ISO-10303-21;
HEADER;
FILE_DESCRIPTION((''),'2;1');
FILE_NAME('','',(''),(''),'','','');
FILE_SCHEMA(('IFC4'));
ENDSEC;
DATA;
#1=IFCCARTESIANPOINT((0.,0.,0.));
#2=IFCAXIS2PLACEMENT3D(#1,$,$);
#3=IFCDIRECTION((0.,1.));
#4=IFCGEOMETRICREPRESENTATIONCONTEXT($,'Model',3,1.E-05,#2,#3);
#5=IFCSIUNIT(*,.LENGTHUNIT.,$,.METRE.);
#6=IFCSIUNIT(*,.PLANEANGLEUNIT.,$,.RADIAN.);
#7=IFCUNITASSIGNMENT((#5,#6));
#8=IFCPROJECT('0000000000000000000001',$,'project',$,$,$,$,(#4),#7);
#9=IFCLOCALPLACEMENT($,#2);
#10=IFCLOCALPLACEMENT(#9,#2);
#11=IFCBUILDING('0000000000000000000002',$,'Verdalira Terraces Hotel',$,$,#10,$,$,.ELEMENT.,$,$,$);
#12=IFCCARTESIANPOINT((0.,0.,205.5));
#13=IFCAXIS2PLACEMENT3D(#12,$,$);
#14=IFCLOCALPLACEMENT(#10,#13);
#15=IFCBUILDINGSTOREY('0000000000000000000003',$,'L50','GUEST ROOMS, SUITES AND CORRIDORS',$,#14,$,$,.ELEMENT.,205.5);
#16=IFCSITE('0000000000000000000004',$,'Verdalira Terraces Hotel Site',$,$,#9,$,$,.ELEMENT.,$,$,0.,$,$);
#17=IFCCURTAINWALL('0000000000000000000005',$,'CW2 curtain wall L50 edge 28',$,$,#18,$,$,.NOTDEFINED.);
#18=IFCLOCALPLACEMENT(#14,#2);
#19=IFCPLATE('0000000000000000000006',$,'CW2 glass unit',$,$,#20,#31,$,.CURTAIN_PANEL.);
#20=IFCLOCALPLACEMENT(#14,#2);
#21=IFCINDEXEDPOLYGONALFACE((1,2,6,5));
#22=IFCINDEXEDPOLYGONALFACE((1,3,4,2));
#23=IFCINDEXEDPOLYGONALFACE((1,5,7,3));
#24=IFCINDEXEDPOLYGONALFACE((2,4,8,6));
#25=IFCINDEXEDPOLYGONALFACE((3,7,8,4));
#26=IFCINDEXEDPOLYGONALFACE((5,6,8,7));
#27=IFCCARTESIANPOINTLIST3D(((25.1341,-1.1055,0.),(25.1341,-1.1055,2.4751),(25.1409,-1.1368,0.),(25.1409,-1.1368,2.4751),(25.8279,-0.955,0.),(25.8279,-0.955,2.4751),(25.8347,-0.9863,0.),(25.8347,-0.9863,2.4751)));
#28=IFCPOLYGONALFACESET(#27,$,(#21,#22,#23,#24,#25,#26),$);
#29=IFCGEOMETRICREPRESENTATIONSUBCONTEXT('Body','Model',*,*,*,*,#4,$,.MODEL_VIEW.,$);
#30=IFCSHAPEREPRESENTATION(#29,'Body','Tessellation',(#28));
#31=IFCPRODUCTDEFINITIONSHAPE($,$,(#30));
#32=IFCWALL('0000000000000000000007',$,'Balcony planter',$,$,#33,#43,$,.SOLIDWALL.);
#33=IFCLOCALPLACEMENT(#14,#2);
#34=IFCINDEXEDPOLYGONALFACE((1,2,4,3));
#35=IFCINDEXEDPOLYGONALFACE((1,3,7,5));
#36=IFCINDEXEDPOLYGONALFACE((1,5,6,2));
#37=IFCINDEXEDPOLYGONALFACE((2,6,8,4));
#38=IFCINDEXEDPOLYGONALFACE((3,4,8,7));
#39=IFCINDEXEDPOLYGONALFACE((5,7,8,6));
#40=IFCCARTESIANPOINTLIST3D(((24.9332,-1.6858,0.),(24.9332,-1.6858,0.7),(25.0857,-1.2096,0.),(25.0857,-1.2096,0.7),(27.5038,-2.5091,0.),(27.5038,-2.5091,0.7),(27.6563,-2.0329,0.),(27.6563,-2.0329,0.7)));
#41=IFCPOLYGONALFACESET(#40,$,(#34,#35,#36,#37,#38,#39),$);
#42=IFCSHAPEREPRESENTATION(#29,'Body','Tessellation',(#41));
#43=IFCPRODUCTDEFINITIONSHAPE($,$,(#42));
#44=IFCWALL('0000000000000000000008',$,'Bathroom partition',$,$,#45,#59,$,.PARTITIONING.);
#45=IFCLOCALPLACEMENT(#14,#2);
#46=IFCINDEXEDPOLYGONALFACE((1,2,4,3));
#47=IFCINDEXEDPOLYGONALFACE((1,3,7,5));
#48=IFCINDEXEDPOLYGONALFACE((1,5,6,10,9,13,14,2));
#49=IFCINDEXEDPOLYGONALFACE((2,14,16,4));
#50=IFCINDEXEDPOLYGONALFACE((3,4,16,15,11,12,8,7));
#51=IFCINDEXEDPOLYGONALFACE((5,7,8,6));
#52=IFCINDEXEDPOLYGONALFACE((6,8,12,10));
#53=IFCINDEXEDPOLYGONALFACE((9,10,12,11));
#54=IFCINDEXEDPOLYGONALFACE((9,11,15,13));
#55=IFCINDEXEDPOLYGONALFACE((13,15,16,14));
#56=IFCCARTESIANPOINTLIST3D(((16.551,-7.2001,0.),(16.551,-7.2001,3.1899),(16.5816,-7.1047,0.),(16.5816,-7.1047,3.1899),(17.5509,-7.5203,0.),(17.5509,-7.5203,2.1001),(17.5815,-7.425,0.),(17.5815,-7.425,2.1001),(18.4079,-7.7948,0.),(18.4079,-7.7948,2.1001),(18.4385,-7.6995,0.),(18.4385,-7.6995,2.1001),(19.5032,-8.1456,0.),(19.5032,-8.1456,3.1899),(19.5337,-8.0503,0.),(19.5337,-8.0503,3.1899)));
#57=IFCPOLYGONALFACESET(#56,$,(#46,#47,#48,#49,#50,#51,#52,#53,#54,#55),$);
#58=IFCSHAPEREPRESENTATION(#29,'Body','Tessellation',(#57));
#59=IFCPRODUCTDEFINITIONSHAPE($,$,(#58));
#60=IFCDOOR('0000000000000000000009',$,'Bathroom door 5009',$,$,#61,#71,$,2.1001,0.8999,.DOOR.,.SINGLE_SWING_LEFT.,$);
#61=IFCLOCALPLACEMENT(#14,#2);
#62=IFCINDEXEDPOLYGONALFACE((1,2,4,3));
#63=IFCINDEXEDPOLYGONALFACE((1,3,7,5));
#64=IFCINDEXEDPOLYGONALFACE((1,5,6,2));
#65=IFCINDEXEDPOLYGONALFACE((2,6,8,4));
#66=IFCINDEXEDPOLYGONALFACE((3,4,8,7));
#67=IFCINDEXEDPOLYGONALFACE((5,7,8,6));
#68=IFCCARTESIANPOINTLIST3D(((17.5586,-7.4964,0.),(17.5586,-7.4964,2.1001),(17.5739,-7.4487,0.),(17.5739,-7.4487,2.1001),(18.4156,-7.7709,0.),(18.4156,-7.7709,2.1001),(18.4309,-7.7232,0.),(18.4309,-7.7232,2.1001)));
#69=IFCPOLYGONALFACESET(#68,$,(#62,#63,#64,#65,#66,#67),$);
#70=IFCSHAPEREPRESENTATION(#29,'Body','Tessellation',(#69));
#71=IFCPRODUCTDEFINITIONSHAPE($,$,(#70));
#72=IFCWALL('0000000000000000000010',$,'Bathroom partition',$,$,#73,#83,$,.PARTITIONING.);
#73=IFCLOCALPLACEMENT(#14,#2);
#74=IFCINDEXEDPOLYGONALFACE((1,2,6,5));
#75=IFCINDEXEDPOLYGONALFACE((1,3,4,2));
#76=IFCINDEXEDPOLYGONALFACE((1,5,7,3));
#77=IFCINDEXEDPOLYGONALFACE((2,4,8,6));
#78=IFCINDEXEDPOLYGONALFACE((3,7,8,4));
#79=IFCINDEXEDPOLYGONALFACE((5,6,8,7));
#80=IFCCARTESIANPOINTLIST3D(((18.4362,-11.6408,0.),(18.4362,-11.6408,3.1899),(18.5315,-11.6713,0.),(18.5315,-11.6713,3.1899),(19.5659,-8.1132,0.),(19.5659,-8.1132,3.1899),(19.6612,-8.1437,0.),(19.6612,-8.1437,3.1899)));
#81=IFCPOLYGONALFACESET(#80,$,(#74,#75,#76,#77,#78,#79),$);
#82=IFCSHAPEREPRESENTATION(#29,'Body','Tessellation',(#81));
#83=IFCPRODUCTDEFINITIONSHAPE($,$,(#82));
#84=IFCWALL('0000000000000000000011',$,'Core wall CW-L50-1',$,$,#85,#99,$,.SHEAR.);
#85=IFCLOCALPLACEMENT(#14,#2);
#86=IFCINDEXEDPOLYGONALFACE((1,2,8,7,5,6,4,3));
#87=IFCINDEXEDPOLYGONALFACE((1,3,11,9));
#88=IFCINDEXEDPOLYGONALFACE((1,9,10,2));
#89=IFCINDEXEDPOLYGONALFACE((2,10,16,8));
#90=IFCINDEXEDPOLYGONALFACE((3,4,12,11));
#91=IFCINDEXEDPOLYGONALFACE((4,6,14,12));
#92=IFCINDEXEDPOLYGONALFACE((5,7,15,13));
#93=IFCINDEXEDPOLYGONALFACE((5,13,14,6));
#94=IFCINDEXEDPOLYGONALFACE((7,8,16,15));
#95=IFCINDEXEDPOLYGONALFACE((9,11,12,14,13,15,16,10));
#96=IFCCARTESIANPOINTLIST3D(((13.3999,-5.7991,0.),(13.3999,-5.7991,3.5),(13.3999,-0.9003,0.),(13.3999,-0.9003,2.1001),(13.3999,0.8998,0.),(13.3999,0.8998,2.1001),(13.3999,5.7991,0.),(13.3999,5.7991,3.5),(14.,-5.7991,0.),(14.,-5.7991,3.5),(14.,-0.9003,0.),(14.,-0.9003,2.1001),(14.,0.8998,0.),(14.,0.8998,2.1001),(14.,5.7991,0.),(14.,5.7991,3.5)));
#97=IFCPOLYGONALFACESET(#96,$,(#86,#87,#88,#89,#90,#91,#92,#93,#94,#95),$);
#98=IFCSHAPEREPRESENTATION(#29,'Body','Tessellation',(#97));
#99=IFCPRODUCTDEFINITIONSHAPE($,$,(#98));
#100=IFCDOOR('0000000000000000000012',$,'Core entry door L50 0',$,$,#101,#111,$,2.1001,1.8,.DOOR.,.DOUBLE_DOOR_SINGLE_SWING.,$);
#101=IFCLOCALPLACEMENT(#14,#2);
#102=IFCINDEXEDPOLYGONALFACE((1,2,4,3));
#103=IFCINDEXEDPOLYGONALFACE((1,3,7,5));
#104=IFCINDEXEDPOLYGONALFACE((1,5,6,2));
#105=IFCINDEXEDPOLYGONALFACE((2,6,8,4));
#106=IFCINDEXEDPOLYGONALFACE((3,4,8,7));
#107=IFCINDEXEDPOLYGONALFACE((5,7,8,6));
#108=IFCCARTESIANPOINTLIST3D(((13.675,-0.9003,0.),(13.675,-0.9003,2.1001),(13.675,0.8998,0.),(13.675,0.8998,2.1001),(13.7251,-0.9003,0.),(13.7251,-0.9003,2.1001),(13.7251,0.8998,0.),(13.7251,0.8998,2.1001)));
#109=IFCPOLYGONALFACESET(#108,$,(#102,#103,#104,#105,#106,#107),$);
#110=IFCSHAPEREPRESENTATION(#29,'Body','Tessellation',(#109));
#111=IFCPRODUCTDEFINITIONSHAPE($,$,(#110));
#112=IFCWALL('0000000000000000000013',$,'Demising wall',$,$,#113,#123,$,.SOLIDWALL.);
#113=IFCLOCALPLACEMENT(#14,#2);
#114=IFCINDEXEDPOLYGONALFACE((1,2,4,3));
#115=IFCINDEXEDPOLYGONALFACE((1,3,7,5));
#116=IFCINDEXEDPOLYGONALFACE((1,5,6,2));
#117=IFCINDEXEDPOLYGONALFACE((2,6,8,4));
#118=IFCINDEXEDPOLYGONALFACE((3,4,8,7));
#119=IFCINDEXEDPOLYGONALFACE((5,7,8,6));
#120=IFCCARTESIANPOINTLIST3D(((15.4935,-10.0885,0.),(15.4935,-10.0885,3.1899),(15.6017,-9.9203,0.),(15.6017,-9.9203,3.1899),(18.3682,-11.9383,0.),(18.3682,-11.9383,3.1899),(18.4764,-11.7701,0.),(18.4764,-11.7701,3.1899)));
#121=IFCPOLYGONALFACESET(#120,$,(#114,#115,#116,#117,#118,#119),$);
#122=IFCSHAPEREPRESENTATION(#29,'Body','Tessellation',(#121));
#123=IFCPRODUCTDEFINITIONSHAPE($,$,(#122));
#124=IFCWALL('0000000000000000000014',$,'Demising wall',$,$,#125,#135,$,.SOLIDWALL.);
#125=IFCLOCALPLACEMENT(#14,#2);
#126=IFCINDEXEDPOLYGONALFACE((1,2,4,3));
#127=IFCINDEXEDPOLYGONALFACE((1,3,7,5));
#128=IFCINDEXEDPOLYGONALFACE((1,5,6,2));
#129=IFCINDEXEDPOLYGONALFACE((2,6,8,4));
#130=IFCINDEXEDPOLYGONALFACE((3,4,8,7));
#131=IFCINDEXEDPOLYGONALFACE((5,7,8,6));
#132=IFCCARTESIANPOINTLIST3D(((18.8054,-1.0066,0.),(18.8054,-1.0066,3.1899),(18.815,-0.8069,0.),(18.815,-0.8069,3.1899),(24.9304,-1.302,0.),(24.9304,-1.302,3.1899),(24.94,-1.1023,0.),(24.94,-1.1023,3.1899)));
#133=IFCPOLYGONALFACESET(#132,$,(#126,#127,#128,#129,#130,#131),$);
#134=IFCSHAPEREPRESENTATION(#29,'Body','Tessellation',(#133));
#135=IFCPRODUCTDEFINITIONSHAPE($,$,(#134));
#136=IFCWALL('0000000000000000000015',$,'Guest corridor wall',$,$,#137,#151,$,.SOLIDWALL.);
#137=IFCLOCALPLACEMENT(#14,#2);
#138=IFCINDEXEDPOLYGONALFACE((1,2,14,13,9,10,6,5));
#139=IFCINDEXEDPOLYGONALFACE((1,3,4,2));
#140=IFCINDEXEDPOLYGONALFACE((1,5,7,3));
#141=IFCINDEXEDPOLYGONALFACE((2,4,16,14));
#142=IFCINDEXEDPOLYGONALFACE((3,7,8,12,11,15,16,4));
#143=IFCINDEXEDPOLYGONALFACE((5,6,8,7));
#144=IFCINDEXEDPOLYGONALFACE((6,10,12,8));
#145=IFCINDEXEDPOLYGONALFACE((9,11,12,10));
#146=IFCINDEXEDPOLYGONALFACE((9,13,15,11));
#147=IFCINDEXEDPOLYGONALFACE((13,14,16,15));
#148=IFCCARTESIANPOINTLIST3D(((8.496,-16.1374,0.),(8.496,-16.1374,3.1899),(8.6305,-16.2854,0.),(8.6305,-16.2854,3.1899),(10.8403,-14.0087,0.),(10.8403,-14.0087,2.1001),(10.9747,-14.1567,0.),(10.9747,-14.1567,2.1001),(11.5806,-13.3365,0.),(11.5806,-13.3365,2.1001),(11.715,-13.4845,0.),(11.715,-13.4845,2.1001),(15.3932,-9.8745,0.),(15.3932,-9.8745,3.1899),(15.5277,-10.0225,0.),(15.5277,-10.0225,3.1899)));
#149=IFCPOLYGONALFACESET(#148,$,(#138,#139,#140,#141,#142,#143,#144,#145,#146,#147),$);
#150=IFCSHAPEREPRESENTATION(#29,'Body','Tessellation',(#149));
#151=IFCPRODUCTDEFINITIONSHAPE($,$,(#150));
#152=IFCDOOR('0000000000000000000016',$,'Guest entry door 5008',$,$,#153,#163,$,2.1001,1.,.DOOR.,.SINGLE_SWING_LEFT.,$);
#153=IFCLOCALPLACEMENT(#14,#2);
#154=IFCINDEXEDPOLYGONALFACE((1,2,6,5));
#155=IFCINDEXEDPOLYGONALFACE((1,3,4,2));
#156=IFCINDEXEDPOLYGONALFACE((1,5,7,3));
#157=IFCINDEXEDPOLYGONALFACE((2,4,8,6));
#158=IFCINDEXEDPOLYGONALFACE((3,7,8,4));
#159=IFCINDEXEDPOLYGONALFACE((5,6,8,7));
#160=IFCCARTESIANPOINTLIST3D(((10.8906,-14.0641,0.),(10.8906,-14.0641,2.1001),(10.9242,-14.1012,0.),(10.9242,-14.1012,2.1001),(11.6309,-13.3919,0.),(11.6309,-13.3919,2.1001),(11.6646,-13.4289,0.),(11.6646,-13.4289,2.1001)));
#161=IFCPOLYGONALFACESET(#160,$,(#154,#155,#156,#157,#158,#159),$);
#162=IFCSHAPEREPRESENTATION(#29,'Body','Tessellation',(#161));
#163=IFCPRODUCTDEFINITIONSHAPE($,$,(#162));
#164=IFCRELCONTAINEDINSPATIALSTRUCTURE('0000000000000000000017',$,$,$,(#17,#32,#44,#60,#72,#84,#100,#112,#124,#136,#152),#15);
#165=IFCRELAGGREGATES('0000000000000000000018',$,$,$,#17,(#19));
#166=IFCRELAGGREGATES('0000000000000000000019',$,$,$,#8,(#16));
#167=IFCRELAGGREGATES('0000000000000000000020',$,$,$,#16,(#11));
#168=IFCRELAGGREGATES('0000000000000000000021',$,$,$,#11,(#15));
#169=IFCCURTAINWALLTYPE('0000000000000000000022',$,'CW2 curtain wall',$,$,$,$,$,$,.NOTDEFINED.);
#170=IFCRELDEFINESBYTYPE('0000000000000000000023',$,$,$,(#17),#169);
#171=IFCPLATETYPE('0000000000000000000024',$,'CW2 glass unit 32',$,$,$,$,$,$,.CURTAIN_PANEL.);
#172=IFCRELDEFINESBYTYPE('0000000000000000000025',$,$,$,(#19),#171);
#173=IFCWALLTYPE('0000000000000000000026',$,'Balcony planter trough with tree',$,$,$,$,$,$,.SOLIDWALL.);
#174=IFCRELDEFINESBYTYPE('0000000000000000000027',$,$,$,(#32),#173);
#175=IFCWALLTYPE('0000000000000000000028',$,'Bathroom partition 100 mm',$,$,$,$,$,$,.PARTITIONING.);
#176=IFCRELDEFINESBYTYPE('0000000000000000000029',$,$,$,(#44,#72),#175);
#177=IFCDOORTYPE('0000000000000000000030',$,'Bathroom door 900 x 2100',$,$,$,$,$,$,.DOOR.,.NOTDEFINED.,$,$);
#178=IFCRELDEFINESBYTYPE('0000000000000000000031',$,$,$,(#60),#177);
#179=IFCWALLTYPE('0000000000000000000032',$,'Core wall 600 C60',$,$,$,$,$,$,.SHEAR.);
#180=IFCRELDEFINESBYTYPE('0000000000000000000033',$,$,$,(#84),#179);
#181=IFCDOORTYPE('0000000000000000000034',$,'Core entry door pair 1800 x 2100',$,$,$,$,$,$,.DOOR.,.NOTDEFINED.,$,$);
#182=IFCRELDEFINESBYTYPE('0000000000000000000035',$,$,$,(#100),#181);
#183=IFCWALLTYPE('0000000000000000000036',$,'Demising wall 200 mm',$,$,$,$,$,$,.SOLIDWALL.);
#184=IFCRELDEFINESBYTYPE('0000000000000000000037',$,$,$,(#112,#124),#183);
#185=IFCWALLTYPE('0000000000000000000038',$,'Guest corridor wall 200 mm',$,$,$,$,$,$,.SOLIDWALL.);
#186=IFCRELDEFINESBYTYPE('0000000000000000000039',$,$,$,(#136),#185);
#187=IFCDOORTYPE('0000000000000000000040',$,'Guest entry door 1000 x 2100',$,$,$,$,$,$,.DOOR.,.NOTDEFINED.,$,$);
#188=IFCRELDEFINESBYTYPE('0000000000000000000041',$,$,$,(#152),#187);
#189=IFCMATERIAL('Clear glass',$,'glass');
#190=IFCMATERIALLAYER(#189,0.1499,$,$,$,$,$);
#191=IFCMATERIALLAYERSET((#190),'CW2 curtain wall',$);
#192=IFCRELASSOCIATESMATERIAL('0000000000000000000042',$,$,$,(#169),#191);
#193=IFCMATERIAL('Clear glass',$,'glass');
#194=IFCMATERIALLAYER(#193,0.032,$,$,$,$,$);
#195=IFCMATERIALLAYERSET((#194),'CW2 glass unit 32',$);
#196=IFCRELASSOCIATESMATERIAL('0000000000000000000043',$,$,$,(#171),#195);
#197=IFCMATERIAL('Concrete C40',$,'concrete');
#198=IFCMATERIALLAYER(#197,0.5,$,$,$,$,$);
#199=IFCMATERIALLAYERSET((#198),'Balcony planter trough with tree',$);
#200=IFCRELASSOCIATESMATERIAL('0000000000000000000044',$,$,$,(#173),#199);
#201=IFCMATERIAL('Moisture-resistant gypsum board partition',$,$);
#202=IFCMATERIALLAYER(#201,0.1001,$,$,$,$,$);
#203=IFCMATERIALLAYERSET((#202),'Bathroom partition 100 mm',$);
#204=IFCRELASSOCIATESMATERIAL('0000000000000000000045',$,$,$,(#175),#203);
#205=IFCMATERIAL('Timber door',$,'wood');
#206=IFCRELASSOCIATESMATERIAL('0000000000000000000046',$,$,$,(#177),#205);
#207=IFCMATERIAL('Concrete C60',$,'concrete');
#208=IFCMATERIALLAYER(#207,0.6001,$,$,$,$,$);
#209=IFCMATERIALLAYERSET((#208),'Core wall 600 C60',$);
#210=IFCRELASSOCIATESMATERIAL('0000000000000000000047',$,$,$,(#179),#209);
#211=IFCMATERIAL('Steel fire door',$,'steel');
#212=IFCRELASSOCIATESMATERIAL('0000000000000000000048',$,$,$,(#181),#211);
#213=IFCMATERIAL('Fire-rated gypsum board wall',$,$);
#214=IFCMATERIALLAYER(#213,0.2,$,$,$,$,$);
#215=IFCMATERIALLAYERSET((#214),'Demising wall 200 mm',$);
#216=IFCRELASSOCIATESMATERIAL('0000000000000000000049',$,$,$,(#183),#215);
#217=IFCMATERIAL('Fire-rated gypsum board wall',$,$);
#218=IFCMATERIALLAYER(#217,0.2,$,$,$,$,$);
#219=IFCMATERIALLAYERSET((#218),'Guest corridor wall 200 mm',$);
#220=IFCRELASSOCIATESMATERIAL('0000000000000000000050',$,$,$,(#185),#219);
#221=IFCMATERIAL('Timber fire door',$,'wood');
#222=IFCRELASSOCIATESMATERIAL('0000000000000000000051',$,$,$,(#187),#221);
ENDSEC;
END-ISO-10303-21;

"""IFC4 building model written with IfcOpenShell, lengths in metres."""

from ifc_helpers import new_model, si_unit, direction, frame, frame_2d, origin, origin_2d, place, context, subcontext, project, spatial, rectangle, extrude, material, layer, layer_set, type_object, element, fill, aggregate, save


model = new_model("IFC4")

# Units and contexts
model_context = context("Model", 3, precision=1e-05, world=origin(), true_north=direction((0.0, 1.0)))
body_context = subcontext(model_context, "Body", "Model", "MODEL_VIEW")
ifc_project = project(units=[si_unit("LENGTHUNIT", "METRE"), si_unit("PLANEANGLEUNIT", "RADIAN")], contexts=[model_context])

# Site, building, storey
site_placement = place(None, origin())
site = spatial("IfcSite", under=ifc_project, at=site_placement, Name="Verdalira Terraces Hotel Site", CompositionType="ELEMENT", RefElevation=0.0)
building_placement = place(site_placement, origin())
building = spatial("IfcBuilding", under=site, at=building_placement, Name="Verdalira Terraces Hotel", CompositionType="ELEMENT")
storey_placement = place(building_placement, frame((0.0, 0.0, 205.5)))
storey = spatial("IfcBuildingStorey", under=building, at=storey_placement, Name="L50", Description="GUEST ROOMS, SUITES AND CORRIDORS", CompositionType="ELEMENT", Elevation=205.5)

# Curtain wall
ifc_material_1 = material(Name="Clear glass", Category="glass")
ifc_layer_1 = layer(ifc_material_1, 0.1499)
ifc_layer_set_1 = layer_set([ifc_layer_1], Name="CW2 curtain wall")
curtain_wall_type_1 = type_object("IfcCurtainWallType", Name="CW2 curtain wall", PredefinedType="NOTDEFINED", material=ifc_layer_set_1)
curtain_wall_1_placement = place(storey_placement, origin())
curtain_wall_1 = element("IfcCurtainWall", 1, at=curtain_wall_1_placement, inside=storey, type_object=curtain_wall_type_1, Name="CW2 curtain wall L50 edge 28", PredefinedType="NOTDEFINED")

# Plate
ifc_material_2 = material(Name="Clear glass", Category="glass")
ifc_layer_2 = layer(ifc_material_2, 0.032)
ifc_layer_set_2 = layer_set([ifc_layer_2], Name="CW2 glass unit 32")
plate_type_1 = type_object("IfcPlateType", Name="CW2 glass unit 32", PredefinedType="CURTAIN_PANEL", material=ifc_layer_set_2)
plate_1_placement = place(storey_placement, frame((25.4844, -1.0459, 0.0), z_axis=(0.0, 0.0, 1.0), x_axis=(0.977268, 0.212007, 0.0)))
plate_1 = element("IfcPlate", 2, at=plate_1_placement, type_object=plate_type_1, Name="CW2 glass unit", PredefinedType="CURTAIN_PANEL", context=body_context, shape_type="SweptSolid", body=[
    extrude(rectangle(XDim=0.71, YDim=0.032, at=origin_2d()), origin(), (0.0, 0.0, 1.0), 2.4751),
])
aggregate(curtain_wall_1, [plate_1])

# Wall
ifc_material_3 = material(Name="Concrete C40", Category="concrete")
ifc_layer_3 = layer(ifc_material_3, 0.5)
ifc_layer_set_3 = layer_set([ifc_layer_3], Name="Balcony planter trough with tree")
wall_type_1 = type_object("IfcWallType", Name="Balcony planter trough with tree", PredefinedType="SOLIDWALL", material=ifc_layer_set_3)
wall_1_placement = place(storey_placement, frame((27.5801, -2.271, 0.0), z_axis=(0.0, 0.0, 1.0), x_axis=(-0.952353, 0.304999, 0.0)))
element("IfcWall", 3, at=wall_1_placement, inside=storey, type_object=wall_type_1, Name="Balcony planter", PredefinedType="SOLIDWALL", context=body_context, shape_type="SweptSolid", body=[
    extrude(rectangle(XDim=2.6992, YDim=0.5, at=frame_2d((1.3496, 0.0))), origin(), (0.0, 0.0, 1.0), 0.7),
])

# Wall, opening, door
ifc_material_4 = material(Name="Moisture-resistant gypsum board partition")
ifc_layer_4 = layer(ifc_material_4, 0.1001)
ifc_layer_set_4 = layer_set([ifc_layer_4], Name="Bathroom partition 100 mm")
wall_type_2 = type_object("IfcWallType", Name="Bathroom partition 100 mm", PredefinedType="PARTITIONING", material=ifc_layer_set_4)
wall_2_placement = place(storey_placement, frame((19.5183, -8.0979, 0.0), z_axis=(0.0, 0.0, 1.0), x_axis=(-0.952343, 0.30503, 0.0)))
wall_2 = element("IfcWall", 4, at=wall_2_placement, inside=storey, type_object=wall_type_2, Name="Bathroom partition", PredefinedType="PARTITIONING", context=body_context, shape_type="SweptSolid", body=[
    extrude(rectangle(XDim=3.0999, YDim=0.1001, at=frame_2d((1.5498, 0.0))), origin(), (0.0, 0.0, 1.0), 3.1899),
])
opening_1_placement = place(wall_2_placement, frame((1.1499, 0.0, 0.0)))
opening_1 = element("IfcOpeningElement", 5, at=opening_1_placement, cuts=wall_2, PredefinedType="OPENING", context=body_context, shape_type="SweptSolid", body=[
    extrude(rectangle(XDim=0.8999, YDim=2.1001, at=frame_2d((0.45, 1.05))), frame((0.0, 0.0601, 0.0), z_axis=(0.0, -1.0, 0.0), x_axis=(1.0, 0.0, 0.0)), (0.0, 0.0, 1.0), 0.1201),
])
ifc_material_5 = material(Name="Timber door", Category="wood")
door_type_1 = type_object("IfcDoorType", Name="Bathroom door 900 x 2100", OperationType="NOTDEFINED", PredefinedType="DOOR", material=ifc_material_5)
door_1_placement = place(opening_1_placement, origin())
door_1 = element("IfcDoor", 6, at=door_1_placement, inside=storey, type_object=door_type_1, Name="Bathroom door 5009", OperationType="SINGLE_SWING_LEFT", OverallHeight=2.1001, OverallWidth=0.8999, PredefinedType="DOOR", context=body_context, shape_type="SweptSolid", body=[
    extrude(rectangle(XDim=0.8999, YDim=2.1001, at=frame_2d((0.45, 1.05))), frame((0.0, 0.0249, 0.0), z_axis=(0.0, -1.0, 0.0), x_axis=(1.0, 0.0, 0.0)), (0.0, 0.0, 1.0), 0.05),
])
fill(opening_1, door_1)

# Wall
wall_3_placement = place(storey_placement, frame((19.6135, -8.1284, 0.0), z_axis=(0.0, 0.0, 1.0), x_axis=(-0.304974, -0.952361, 0.0)))
element("IfcWall", 7, at=wall_3_placement, inside=storey, type_object=wall_type_2, Name="Bathroom partition", PredefinedType="PARTITIONING", context=body_context, shape_type="SweptSolid", body=[
    extrude(rectangle(XDim=3.7041, YDim=0.1001, at=frame_2d((1.8521, 0.0))), origin(), (0.0, 0.0, 1.0), 3.1899),
])

# Wall, opening, door
ifc_material_6 = material(Name="Concrete C60", Category="concrete")
ifc_layer_5 = layer(ifc_material_6, 0.6001)
ifc_layer_set_5 = layer_set([ifc_layer_5], Name="Core wall 600 C60")
wall_type_3 = type_object("IfcWallType", Name="Core wall 600 C60", PredefinedType="SHEAR", material=ifc_layer_set_5)
wall_4_placement = place(storey_placement, frame((13.7, -5.7991, 0.0), z_axis=(0.0, 0.0, 1.0), x_axis=(0.0, 1.0, 0.0)))
wall_4 = element("IfcWall", 8, at=wall_4_placement, inside=storey, type_object=wall_type_3, Name="Core wall CW-L50-1", PredefinedType="SHEAR", context=body_context, shape_type="SweptSolid", body=[
    extrude(rectangle(XDim=11.5981, YDim=0.6001, at=frame_2d((5.7991, 0.0))), origin(), (0.0, 0.0, 1.0), 3.5),
])
opening_2_placement = place(wall_4_placement, frame((4.8989, 0.0, 0.0)))
opening_2 = element("IfcOpeningElement", 9, at=opening_2_placement, cuts=wall_4, PredefinedType="OPENING", context=body_context, shape_type="SweptSolid", body=[
    extrude(rectangle(XDim=1.8, YDim=2.1001, at=frame_2d((0.8999, 1.05))), frame((0.0, 0.3101, 0.0), z_axis=(0.0, -1.0, 0.0), x_axis=(1.0, 0.0, 0.0)), (0.0, 0.0, 1.0), 0.6201),
])
ifc_material_7 = material(Name="Steel fire door", Category="steel")
door_type_2 = type_object("IfcDoorType", Name="Core entry door pair 1800 x 2100", OperationType="NOTDEFINED", PredefinedType="DOOR", material=ifc_material_7)
door_2_placement = place(opening_2_placement, origin())
door_2 = element("IfcDoor", 10, at=door_2_placement, inside=storey, type_object=door_type_2, Name="Core entry door L50 0", OperationType="DOUBLE_DOOR_SINGLE_SWING", OverallHeight=2.1001, OverallWidth=1.8, PredefinedType="DOOR", context=body_context, shape_type="SweptSolid", body=[
    extrude(rectangle(XDim=1.8, YDim=2.1001, at=frame_2d((0.8999, 1.05))), frame((0.0, 0.0249, 0.0), z_axis=(0.0, -1.0, 0.0), x_axis=(1.0, 0.0, 0.0)), (0.0, 0.0, 1.0), 0.05),
])
fill(opening_2, door_2)

# Walls
ifc_material_8 = material(Name="Fire-rated gypsum board wall")
ifc_layer_6 = layer(ifc_material_8, 0.2)
ifc_layer_set_6 = layer_set([ifc_layer_6], Name="Demising wall 200 mm")
wall_type_4 = type_object("IfcWallType", Name="Demising wall 200 mm", PredefinedType="SOLIDWALL", material=ifc_layer_set_6)
wall_5_placement = place(storey_placement, frame((15.5476, -10.0044, 0.0), z_axis=(0.0, 0.0, 1.0), x_axis=(0.840939, -0.541129, 0.0)))
element("IfcWall", 11, at=wall_5_placement, inside=storey, type_object=wall_type_4, Name="Demising wall", PredefinedType="SOLIDWALL", context=body_context, shape_type="SweptSolid", body=[
    extrude(rectangle(XDim=3.4185, YDim=0.2, at=frame_2d((1.7092, 0.0))), origin(), (0.0, 0.0, 1.0), 3.1899),
])
wall_6_placement = place(storey_placement, frame((24.9351, -1.2021, 0.0), z_axis=(0.0, 0.0, 1.0), x_axis=(-0.998839, 0.048174, 0.0)))
element("IfcWall", 12, at=wall_6_placement, inside=storey, type_object=wall_type_4, Name="Demising wall", PredefinedType="SOLIDWALL", context=body_context, shape_type="SweptSolid", body=[
    extrude(rectangle(XDim=6.1321, YDim=0.2, at=frame_2d((3.0659, 0.0))), origin(), (0.0, 0.0, 1.0), 3.1899),
])

# Wall, opening, door
ifc_material_9 = material(Name="Fire-rated gypsum board wall")
ifc_layer_7 = layer(ifc_material_9, 0.2)
ifc_layer_set_7 = layer_set([ifc_layer_7], Name="Guest corridor wall 200 mm")
wall_type_5 = type_object("IfcWallType", Name="Guest corridor wall 200 mm", PredefinedType="SOLIDWALL", material=ifc_layer_set_7)
wall_7_placement = place(storey_placement, frame((15.4604, -9.9485, 0.0), z_axis=(0.0, 0.0, 1.0), x_axis=(-0.740328, -0.672246, 0.0)))
wall_7 = element("IfcWall", 13, at=wall_7_placement, inside=storey, type_object=wall_type_5, Name="Guest corridor wall", PredefinedType="SOLIDWALL", context=body_context, shape_type="SweptSolid", body=[
    extrude(rectangle(XDim=9.3164, YDim=0.2, at=frame_2d((4.6582, 0.0))), origin(), (0.0, 0.0, 1.0), 3.1899),
])
opening_3_placement = place(wall_7_placement, frame((5.1499, 0.0, 0.0)))
opening_3 = element("IfcOpeningElement", 14, at=opening_3_placement, cuts=wall_7, PredefinedType="OPENING", context=body_context, shape_type="SweptSolid", body=[
    extrude(rectangle(XDim=1.0, YDim=2.1001, at=frame_2d((0.5, 1.05))), frame((0.0, 0.1099, 0.0), z_axis=(0.0, -1.0, 0.0), x_axis=(1.0, 0.0, 0.0)), (0.0, 0.0, 1.0), 0.22),
])
ifc_material_10 = material(Name="Timber fire door", Category="wood")
door_type_3 = type_object("IfcDoorType", Name="Guest entry door 1000 x 2100", OperationType="NOTDEFINED", PredefinedType="DOOR", material=ifc_material_10)
door_3_placement = place(opening_3_placement, origin())
door_3 = element("IfcDoor", 15, at=door_3_placement, inside=storey, type_object=door_type_3, Name="Guest entry door 5008", OperationType="SINGLE_SWING_LEFT", OverallHeight=2.1001, OverallWidth=1.0, PredefinedType="DOOR", context=body_context, shape_type="SweptSolid", body=[
    extrude(rectangle(XDim=1.0, YDim=2.1001, at=frame_2d((0.5, 1.05))), frame((0.0, 0.0249, 0.0), z_axis=(0.0, -1.0, 0.0), x_axis=(1.0, 0.0, 0.0)), (0.0, 0.0, 1.0), 0.05),
])
fill(opening_3, door_3)

save(model, "model.ifc")
